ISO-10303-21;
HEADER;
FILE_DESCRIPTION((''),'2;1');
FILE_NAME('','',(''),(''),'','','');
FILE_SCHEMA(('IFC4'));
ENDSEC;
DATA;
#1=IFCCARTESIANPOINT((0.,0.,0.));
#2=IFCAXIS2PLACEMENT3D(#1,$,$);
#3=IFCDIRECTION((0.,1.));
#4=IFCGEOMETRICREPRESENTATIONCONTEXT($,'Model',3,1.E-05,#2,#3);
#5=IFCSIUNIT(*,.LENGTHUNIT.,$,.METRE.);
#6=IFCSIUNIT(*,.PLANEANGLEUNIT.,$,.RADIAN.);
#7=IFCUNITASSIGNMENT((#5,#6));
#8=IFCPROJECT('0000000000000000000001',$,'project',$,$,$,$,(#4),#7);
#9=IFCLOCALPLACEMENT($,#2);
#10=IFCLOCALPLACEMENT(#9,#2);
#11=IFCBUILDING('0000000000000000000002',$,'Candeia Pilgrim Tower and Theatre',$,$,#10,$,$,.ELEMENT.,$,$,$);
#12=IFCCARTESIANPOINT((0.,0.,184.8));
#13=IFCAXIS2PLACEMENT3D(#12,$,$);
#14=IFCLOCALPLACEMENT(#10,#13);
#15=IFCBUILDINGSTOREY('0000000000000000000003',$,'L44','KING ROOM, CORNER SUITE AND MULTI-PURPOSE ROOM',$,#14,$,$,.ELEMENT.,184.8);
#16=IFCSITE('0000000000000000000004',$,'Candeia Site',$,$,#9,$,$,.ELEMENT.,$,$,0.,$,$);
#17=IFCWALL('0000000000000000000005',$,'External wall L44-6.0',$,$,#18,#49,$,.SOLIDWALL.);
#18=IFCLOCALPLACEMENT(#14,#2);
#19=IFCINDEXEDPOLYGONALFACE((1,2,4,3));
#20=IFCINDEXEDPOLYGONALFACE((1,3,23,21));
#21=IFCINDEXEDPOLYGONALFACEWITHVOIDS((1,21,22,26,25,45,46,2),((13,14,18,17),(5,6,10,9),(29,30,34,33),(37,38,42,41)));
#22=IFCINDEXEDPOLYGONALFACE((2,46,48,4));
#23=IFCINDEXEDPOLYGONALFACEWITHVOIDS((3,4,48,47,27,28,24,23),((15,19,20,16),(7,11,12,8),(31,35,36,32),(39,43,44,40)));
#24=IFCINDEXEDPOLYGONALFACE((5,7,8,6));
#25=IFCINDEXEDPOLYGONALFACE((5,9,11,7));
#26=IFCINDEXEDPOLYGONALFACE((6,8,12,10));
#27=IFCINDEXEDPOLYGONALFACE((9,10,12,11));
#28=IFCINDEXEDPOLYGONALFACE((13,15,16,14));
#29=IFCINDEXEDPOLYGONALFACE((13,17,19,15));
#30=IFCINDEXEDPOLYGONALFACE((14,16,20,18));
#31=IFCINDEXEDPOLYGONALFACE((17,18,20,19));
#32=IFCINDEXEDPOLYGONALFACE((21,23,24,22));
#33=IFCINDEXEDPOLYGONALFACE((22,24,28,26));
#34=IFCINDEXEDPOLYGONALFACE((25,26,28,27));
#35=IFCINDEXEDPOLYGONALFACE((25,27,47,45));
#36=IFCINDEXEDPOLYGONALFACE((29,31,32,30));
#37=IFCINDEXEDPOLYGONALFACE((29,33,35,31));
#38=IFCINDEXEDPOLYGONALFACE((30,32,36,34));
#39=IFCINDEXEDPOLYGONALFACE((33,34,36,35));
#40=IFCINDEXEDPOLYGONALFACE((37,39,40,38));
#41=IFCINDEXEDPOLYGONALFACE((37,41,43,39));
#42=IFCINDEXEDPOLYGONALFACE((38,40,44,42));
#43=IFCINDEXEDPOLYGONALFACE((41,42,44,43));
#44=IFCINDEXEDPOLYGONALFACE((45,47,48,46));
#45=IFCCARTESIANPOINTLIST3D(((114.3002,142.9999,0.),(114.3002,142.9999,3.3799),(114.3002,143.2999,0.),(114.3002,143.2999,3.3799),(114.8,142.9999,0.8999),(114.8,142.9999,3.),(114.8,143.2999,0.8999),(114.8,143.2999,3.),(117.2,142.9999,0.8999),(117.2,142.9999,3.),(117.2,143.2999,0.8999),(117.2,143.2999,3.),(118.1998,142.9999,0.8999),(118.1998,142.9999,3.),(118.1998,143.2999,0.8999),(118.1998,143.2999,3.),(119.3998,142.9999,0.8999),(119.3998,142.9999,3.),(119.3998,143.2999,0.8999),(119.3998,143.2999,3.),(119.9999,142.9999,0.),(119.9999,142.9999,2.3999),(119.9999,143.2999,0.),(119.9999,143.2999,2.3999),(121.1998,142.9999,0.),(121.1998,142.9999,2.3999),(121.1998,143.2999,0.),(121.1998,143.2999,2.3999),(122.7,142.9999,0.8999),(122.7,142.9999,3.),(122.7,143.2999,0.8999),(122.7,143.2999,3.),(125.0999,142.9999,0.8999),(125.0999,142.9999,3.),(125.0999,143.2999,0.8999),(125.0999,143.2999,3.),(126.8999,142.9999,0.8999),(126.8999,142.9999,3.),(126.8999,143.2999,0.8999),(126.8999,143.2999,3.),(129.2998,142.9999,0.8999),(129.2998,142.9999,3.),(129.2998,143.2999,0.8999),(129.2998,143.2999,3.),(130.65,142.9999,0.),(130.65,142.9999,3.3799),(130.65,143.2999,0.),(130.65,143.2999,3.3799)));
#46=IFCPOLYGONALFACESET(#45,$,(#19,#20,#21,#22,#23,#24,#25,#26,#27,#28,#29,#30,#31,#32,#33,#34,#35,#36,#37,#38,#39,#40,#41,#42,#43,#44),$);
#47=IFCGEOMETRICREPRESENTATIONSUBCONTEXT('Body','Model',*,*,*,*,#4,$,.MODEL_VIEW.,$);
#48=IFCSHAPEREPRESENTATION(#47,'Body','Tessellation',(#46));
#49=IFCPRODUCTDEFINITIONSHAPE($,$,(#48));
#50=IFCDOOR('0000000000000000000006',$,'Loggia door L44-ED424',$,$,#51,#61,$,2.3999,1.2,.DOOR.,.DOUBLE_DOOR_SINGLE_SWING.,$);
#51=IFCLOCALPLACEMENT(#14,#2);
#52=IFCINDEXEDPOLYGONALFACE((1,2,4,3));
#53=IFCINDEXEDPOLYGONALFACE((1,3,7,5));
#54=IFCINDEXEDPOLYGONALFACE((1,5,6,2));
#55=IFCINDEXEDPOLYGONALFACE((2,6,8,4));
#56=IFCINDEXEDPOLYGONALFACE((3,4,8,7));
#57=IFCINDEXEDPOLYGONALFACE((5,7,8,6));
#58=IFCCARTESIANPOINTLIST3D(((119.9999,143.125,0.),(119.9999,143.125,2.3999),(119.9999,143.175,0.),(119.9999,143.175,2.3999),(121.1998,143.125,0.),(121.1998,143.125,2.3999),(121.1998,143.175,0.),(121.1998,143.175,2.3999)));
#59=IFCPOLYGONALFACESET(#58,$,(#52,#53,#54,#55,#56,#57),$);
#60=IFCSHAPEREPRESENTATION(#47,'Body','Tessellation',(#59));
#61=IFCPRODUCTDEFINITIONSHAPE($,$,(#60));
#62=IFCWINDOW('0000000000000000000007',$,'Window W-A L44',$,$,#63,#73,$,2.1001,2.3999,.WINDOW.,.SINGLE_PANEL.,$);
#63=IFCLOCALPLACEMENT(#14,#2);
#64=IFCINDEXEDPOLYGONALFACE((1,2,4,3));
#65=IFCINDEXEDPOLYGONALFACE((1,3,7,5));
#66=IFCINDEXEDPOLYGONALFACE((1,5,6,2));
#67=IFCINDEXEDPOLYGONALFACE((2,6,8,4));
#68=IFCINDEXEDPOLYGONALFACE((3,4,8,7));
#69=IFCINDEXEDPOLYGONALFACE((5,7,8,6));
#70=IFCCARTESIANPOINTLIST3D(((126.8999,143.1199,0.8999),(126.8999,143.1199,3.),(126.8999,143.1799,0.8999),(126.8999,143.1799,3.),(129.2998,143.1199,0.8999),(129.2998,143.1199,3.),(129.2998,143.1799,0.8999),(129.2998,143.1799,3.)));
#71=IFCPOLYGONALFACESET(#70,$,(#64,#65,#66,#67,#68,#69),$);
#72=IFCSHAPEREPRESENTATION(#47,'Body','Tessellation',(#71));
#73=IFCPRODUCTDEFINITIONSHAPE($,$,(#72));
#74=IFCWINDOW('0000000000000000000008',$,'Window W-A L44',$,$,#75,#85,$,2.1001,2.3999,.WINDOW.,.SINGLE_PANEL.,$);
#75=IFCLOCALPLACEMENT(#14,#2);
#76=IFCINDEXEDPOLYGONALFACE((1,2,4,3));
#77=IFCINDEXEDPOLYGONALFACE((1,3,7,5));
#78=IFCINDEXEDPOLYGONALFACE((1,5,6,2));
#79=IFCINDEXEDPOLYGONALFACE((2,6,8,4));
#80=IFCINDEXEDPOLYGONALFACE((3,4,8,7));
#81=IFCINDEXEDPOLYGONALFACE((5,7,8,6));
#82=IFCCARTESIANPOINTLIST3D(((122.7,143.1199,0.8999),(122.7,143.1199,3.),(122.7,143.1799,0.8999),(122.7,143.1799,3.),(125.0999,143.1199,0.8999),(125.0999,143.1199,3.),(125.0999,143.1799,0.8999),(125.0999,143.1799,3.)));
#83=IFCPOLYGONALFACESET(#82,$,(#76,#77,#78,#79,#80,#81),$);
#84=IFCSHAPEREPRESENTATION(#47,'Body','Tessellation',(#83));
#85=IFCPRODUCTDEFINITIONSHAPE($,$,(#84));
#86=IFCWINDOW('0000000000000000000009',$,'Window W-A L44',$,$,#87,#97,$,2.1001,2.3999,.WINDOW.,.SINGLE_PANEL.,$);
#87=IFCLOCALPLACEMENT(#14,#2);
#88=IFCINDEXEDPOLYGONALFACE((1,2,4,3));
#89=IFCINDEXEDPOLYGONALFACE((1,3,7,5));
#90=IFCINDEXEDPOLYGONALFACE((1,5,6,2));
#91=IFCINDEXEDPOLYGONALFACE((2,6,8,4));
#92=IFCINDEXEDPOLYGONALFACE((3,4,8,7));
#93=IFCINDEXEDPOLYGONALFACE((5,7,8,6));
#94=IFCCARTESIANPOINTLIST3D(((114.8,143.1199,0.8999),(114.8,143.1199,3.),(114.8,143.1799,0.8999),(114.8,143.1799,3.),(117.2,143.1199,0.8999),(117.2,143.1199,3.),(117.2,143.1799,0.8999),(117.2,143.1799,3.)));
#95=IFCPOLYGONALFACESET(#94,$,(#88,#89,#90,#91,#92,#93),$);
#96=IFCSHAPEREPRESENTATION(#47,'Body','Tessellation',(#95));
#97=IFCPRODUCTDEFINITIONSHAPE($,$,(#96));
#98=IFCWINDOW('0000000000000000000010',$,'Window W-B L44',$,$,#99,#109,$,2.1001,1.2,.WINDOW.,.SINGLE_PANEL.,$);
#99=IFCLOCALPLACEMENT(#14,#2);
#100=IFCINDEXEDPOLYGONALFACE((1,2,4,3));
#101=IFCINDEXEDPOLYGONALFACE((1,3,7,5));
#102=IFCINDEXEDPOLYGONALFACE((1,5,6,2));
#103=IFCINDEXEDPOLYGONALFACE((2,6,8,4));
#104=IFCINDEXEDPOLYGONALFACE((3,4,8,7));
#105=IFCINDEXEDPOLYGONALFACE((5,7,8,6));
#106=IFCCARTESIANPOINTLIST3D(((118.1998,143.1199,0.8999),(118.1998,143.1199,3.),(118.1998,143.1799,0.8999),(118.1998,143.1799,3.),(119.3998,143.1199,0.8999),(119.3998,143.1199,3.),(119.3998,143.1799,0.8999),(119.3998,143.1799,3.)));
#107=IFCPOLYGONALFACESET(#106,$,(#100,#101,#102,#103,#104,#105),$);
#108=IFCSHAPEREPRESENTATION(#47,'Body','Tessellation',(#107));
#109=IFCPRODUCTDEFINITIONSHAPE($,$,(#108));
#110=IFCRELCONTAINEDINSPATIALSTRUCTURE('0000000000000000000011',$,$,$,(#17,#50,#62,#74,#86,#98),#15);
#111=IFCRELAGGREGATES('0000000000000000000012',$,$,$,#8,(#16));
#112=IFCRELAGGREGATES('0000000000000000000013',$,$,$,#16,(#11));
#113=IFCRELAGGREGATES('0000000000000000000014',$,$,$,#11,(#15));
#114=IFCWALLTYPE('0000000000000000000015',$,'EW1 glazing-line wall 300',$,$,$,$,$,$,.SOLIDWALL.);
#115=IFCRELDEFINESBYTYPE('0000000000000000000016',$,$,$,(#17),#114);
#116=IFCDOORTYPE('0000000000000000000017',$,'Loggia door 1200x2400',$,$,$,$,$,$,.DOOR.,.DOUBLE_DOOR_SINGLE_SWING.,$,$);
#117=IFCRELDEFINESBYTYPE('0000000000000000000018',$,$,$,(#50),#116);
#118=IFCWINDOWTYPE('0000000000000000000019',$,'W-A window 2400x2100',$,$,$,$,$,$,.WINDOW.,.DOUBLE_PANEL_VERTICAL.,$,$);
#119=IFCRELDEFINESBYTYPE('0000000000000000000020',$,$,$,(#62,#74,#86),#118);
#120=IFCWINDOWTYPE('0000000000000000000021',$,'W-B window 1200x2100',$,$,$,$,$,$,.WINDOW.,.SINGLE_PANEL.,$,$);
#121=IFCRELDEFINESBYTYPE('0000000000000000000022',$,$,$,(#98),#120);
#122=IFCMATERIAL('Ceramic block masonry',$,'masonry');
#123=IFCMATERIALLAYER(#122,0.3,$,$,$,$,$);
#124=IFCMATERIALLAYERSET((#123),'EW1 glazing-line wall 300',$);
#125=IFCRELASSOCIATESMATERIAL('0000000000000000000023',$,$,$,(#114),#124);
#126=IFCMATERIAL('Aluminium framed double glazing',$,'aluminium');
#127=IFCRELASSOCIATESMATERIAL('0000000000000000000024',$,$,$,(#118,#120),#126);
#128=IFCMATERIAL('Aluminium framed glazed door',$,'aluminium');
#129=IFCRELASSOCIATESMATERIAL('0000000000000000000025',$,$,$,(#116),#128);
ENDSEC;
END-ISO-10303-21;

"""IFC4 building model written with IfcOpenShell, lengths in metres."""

from ifc_helpers import new_model, si_unit, direction, frame, frame_2d, origin, place, context, subcontext, project, spatial, rectangle, extrude, material, layer, layer_set, type_object, element, fill, save


model = new_model("IFC4")

# Units and contexts
model_context = context("Model", 3, precision=1e-05, world=origin(), true_north=direction((0.0, 1.0)))
body_context = subcontext(model_context, "Body", "Model", "MODEL_VIEW")
ifc_project = project(units=[si_unit("LENGTHUNIT", "METRE"), si_unit("PLANEANGLEUNIT", "RADIAN")], contexts=[model_context])

# Site, building, storey
site_placement = place(None, origin())
site = spatial("IfcSite", under=ifc_project, at=site_placement, Name="Candeia Site", CompositionType="ELEMENT", RefElevation=0.0)
building_placement = place(site_placement, origin())
building = spatial("IfcBuilding", under=site, at=building_placement, Name="Candeia Pilgrim Tower and Theatre", CompositionType="ELEMENT")
storey_placement = place(building_placement, frame((0.0, 0.0, 184.8)))
storey = spatial("IfcBuildingStorey", under=building, at=storey_placement, Name="L44", Description="KING ROOM, CORNER SUITE AND MULTI-PURPOSE ROOM", CompositionType="ELEMENT", Elevation=184.8)

# Shared definitions
ifc_material_1 = material(Name="Ceramic block masonry", Category="masonry")
ifc_layer_1 = layer(ifc_material_1, 0.3)
ifc_layer_set_1 = layer_set([ifc_layer_1], Name="EW1 glazing-line wall 300")
wall_type_1 = type_object("IfcWallType", Name="EW1 glazing-line wall 300", PredefinedType="SOLIDWALL", material=ifc_layer_set_1)
ifc_material_2 = material(Name="Aluminium framed double glazing", Category="aluminium")
window_type_1 = type_object("IfcWindowType", Name="W-A window 2400x2100", PartitioningType="DOUBLE_PANEL_VERTICAL", PredefinedType="WINDOW", material=ifc_material_2)

# Wall, openings, door, windows
wall_1_placement = place(storey_placement, frame((130.6499, 143.1499, 0.0), z_axis=(0.0, 0.0, 1.0), x_axis=(-1.0, 0.0, 0.0)))
wall_1 = element("IfcWall", 1, at=wall_1_placement, inside=storey, type_object=wall_type_1, Name="External wall L44-6.0", PredefinedType="SOLIDWALL", context=body_context, shape_type="SweptSolid", body=[
    extrude(rectangle(XDim=16.3499, YDim=0.3, at=frame_2d((8.1748, 0.0))), origin(), (0.0, 0.0, 1.0), 3.3799),
])
opening_1_placement = place(wall_1_placement, frame((1.3501, 0.0, 0.8999)))
opening_1 = element("IfcOpeningElement", 2, at=opening_1_placement, cuts=wall_1, PredefinedType="OPENING", context=body_context, shape_type="SweptSolid", body=[
    extrude(rectangle(XDim=2.3999, YDim=2.1001, at=frame_2d((1.2, 1.05))), frame((0.0, 0.1602, 0.0), z_axis=(0.0, -1.0, 0.0), x_axis=(1.0, 0.0, 0.0)), (0.0, 0.0, 1.0), 0.3201),
])
opening_2_placement = place(wall_1_placement, frame((5.55, 0.0, 0.8999)))
opening_2 = element("IfcOpeningElement", 3, at=opening_2_placement, cuts=wall_1, PredefinedType="OPENING", context=body_context, shape_type="SweptSolid", body=[
    extrude(rectangle(XDim=2.3999, YDim=2.1001, at=frame_2d((1.2, 1.05))), frame((0.0, 0.1602, 0.0), z_axis=(0.0, -1.0, 0.0), x_axis=(1.0, 0.0, 0.0)), (0.0, 0.0, 1.0), 0.3201),
])
opening_3_placement = place(wall_1_placement, frame((9.45, 0.0, 0.0)))
opening_3 = element("IfcOpeningElement", 4, at=opening_3_placement, cuts=wall_1, PredefinedType="OPENING", context=body_context, shape_type="SweptSolid", body=[
    extrude(rectangle(XDim=1.2, YDim=2.3999, at=frame_2d((0.6001, 1.2))), frame((0.0, 0.1602, 0.0), z_axis=(0.0, -1.0, 0.0), x_axis=(1.0, 0.0, 0.0)), (0.0, 0.0, 1.0), 0.3201),
])
opening_4_placement = place(wall_1_placement, frame((11.25, 0.0, 0.8999)))
opening_4 = element("IfcOpeningElement", 5, at=opening_4_placement, cuts=wall_1, PredefinedType="OPENING", context=body_context, shape_type="SweptSolid", body=[
    extrude(rectangle(XDim=1.2, YDim=2.1001, at=frame_2d((0.6001, 1.05))), frame((0.0, 0.1602, 0.0), z_axis=(0.0, -1.0, 0.0), x_axis=(1.0, 0.0, 0.0)), (0.0, 0.0, 1.0), 0.3201),
])
opening_5_placement = place(wall_1_placement, frame((13.45, 0.0, 0.8999)))
opening_5 = element("IfcOpeningElement", 6, at=opening_5_placement, cuts=wall_1, PredefinedType="OPENING", context=body_context, shape_type="SweptSolid", body=[
    extrude(rectangle(XDim=2.3999, YDim=2.1001, at=frame_2d((1.2, 1.05))), frame((0.0, 0.1602, 0.0), z_axis=(0.0, -1.0, 0.0), x_axis=(1.0, 0.0, 0.0)), (0.0, 0.0, 1.0), 0.3201),
])
ifc_material_3 = material(Name="Aluminium framed glazed door", Category="aluminium")
door_type = type_object("IfcDoorType", Name="Loggia door 1200x2400", OperationType="DOUBLE_DOOR_SINGLE_SWING", PredefinedType="DOOR", material=ifc_material_3)
door_1_placement = place(opening_3_placement, origin())
door_1 = element("IfcDoor", 7, at=door_1_placement, inside=storey, type_object=door_type, Name="Loggia door L44-ED424", OperationType="DOUBLE_DOOR_SINGLE_SWING", OverallHeight=2.3999, OverallWidth=1.2, PredefinedType="DOOR", context=body_context, shape_type="SweptSolid", body=[
    extrude(rectangle(XDim=1.2, YDim=2.3999, at=frame_2d((0.6001, 1.2))), frame((0.0, 0.0249, 0.0), z_axis=(0.0, -1.0, 0.0), x_axis=(1.0, 0.0, 0.0)), (0.0, 0.0, 1.0), 0.05),
])
fill(opening_3, door_1)
window_1_placement = place(opening_1_placement, origin())
window_1 = element("IfcWindow", 8, at=window_1_placement, inside=storey, type_object=window_type_1, Name="Window W-A L44", OverallHeight=2.1001, OverallWidth=2.3999, PartitioningType="SINGLE_PANEL", PredefinedType="WINDOW", context=body_context, shape_type="SweptSolid", body=[
    extrude(rectangle(XDim=2.3999, YDim=2.1001, at=frame_2d((1.2, 1.05))), frame((0.0, 0.03, 0.0), z_axis=(0.0, -1.0, 0.0), x_axis=(1.0, 0.0, 0.0)), (0.0, 0.0, 1.0), 0.0601),
])
fill(opening_1, window_1)
window_2_placement = place(opening_2_placement, origin())
window_2 = element("IfcWindow", 9, at=window_2_placement, inside=storey, type_object=window_type_1, Name="Window W-A L44", OverallHeight=2.1001, OverallWidth=2.3999, PartitioningType="SINGLE_PANEL", PredefinedType="WINDOW", context=body_context, shape_type="SweptSolid", body=[
    extrude(rectangle(XDim=2.3999, YDim=2.1001, at=frame_2d((1.2, 1.05))), frame((0.0, 0.03, 0.0), z_axis=(0.0, -1.0, 0.0), x_axis=(1.0, 0.0, 0.0)), (0.0, 0.0, 1.0), 0.0601),
])
fill(opening_2, window_2)
window_3_placement = place(opening_5_placement, origin())
window_3 = element("IfcWindow", 10, at=window_3_placement, inside=storey, type_object=window_type_1, Name="Window W-A L44", OverallHeight=2.1001, OverallWidth=2.3999, PartitioningType="SINGLE_PANEL", PredefinedType="WINDOW", context=body_context, shape_type="SweptSolid", body=[
    extrude(rectangle(XDim=2.3999, YDim=2.1001, at=frame_2d((1.2, 1.05))), frame((0.0, 0.03, 0.0), z_axis=(0.0, -1.0, 0.0), x_axis=(1.0, 0.0, 0.0)), (0.0, 0.0, 1.0), 0.0601),
])
fill(opening_5, window_3)
window_type_2 = type_object("IfcWindowType", Name="W-B window 1200x2100", PartitioningType="SINGLE_PANEL", PredefinedType="WINDOW", material=ifc_material_2)
window_4_placement = place(opening_4_placement, origin())
window_4 = element("IfcWindow", 11, at=window_4_placement, inside=storey, type_object=window_type_2, Name="Window W-B L44", OverallHeight=2.1001, OverallWidth=1.2, PartitioningType="SINGLE_PANEL", PredefinedType="WINDOW", context=body_context, shape_type="SweptSolid", body=[
    extrude(rectangle(XDim=1.2, YDim=2.1001, at=frame_2d((0.6001, 1.05))), frame((0.0, 0.03, 0.0), z_axis=(0.0, -1.0, 0.0), x_axis=(1.0, 0.0, 0.0)), (0.0, 0.0, 1.0), 0.0601),
])
fill(opening_4, window_4)

save(model, "model.ifc")
